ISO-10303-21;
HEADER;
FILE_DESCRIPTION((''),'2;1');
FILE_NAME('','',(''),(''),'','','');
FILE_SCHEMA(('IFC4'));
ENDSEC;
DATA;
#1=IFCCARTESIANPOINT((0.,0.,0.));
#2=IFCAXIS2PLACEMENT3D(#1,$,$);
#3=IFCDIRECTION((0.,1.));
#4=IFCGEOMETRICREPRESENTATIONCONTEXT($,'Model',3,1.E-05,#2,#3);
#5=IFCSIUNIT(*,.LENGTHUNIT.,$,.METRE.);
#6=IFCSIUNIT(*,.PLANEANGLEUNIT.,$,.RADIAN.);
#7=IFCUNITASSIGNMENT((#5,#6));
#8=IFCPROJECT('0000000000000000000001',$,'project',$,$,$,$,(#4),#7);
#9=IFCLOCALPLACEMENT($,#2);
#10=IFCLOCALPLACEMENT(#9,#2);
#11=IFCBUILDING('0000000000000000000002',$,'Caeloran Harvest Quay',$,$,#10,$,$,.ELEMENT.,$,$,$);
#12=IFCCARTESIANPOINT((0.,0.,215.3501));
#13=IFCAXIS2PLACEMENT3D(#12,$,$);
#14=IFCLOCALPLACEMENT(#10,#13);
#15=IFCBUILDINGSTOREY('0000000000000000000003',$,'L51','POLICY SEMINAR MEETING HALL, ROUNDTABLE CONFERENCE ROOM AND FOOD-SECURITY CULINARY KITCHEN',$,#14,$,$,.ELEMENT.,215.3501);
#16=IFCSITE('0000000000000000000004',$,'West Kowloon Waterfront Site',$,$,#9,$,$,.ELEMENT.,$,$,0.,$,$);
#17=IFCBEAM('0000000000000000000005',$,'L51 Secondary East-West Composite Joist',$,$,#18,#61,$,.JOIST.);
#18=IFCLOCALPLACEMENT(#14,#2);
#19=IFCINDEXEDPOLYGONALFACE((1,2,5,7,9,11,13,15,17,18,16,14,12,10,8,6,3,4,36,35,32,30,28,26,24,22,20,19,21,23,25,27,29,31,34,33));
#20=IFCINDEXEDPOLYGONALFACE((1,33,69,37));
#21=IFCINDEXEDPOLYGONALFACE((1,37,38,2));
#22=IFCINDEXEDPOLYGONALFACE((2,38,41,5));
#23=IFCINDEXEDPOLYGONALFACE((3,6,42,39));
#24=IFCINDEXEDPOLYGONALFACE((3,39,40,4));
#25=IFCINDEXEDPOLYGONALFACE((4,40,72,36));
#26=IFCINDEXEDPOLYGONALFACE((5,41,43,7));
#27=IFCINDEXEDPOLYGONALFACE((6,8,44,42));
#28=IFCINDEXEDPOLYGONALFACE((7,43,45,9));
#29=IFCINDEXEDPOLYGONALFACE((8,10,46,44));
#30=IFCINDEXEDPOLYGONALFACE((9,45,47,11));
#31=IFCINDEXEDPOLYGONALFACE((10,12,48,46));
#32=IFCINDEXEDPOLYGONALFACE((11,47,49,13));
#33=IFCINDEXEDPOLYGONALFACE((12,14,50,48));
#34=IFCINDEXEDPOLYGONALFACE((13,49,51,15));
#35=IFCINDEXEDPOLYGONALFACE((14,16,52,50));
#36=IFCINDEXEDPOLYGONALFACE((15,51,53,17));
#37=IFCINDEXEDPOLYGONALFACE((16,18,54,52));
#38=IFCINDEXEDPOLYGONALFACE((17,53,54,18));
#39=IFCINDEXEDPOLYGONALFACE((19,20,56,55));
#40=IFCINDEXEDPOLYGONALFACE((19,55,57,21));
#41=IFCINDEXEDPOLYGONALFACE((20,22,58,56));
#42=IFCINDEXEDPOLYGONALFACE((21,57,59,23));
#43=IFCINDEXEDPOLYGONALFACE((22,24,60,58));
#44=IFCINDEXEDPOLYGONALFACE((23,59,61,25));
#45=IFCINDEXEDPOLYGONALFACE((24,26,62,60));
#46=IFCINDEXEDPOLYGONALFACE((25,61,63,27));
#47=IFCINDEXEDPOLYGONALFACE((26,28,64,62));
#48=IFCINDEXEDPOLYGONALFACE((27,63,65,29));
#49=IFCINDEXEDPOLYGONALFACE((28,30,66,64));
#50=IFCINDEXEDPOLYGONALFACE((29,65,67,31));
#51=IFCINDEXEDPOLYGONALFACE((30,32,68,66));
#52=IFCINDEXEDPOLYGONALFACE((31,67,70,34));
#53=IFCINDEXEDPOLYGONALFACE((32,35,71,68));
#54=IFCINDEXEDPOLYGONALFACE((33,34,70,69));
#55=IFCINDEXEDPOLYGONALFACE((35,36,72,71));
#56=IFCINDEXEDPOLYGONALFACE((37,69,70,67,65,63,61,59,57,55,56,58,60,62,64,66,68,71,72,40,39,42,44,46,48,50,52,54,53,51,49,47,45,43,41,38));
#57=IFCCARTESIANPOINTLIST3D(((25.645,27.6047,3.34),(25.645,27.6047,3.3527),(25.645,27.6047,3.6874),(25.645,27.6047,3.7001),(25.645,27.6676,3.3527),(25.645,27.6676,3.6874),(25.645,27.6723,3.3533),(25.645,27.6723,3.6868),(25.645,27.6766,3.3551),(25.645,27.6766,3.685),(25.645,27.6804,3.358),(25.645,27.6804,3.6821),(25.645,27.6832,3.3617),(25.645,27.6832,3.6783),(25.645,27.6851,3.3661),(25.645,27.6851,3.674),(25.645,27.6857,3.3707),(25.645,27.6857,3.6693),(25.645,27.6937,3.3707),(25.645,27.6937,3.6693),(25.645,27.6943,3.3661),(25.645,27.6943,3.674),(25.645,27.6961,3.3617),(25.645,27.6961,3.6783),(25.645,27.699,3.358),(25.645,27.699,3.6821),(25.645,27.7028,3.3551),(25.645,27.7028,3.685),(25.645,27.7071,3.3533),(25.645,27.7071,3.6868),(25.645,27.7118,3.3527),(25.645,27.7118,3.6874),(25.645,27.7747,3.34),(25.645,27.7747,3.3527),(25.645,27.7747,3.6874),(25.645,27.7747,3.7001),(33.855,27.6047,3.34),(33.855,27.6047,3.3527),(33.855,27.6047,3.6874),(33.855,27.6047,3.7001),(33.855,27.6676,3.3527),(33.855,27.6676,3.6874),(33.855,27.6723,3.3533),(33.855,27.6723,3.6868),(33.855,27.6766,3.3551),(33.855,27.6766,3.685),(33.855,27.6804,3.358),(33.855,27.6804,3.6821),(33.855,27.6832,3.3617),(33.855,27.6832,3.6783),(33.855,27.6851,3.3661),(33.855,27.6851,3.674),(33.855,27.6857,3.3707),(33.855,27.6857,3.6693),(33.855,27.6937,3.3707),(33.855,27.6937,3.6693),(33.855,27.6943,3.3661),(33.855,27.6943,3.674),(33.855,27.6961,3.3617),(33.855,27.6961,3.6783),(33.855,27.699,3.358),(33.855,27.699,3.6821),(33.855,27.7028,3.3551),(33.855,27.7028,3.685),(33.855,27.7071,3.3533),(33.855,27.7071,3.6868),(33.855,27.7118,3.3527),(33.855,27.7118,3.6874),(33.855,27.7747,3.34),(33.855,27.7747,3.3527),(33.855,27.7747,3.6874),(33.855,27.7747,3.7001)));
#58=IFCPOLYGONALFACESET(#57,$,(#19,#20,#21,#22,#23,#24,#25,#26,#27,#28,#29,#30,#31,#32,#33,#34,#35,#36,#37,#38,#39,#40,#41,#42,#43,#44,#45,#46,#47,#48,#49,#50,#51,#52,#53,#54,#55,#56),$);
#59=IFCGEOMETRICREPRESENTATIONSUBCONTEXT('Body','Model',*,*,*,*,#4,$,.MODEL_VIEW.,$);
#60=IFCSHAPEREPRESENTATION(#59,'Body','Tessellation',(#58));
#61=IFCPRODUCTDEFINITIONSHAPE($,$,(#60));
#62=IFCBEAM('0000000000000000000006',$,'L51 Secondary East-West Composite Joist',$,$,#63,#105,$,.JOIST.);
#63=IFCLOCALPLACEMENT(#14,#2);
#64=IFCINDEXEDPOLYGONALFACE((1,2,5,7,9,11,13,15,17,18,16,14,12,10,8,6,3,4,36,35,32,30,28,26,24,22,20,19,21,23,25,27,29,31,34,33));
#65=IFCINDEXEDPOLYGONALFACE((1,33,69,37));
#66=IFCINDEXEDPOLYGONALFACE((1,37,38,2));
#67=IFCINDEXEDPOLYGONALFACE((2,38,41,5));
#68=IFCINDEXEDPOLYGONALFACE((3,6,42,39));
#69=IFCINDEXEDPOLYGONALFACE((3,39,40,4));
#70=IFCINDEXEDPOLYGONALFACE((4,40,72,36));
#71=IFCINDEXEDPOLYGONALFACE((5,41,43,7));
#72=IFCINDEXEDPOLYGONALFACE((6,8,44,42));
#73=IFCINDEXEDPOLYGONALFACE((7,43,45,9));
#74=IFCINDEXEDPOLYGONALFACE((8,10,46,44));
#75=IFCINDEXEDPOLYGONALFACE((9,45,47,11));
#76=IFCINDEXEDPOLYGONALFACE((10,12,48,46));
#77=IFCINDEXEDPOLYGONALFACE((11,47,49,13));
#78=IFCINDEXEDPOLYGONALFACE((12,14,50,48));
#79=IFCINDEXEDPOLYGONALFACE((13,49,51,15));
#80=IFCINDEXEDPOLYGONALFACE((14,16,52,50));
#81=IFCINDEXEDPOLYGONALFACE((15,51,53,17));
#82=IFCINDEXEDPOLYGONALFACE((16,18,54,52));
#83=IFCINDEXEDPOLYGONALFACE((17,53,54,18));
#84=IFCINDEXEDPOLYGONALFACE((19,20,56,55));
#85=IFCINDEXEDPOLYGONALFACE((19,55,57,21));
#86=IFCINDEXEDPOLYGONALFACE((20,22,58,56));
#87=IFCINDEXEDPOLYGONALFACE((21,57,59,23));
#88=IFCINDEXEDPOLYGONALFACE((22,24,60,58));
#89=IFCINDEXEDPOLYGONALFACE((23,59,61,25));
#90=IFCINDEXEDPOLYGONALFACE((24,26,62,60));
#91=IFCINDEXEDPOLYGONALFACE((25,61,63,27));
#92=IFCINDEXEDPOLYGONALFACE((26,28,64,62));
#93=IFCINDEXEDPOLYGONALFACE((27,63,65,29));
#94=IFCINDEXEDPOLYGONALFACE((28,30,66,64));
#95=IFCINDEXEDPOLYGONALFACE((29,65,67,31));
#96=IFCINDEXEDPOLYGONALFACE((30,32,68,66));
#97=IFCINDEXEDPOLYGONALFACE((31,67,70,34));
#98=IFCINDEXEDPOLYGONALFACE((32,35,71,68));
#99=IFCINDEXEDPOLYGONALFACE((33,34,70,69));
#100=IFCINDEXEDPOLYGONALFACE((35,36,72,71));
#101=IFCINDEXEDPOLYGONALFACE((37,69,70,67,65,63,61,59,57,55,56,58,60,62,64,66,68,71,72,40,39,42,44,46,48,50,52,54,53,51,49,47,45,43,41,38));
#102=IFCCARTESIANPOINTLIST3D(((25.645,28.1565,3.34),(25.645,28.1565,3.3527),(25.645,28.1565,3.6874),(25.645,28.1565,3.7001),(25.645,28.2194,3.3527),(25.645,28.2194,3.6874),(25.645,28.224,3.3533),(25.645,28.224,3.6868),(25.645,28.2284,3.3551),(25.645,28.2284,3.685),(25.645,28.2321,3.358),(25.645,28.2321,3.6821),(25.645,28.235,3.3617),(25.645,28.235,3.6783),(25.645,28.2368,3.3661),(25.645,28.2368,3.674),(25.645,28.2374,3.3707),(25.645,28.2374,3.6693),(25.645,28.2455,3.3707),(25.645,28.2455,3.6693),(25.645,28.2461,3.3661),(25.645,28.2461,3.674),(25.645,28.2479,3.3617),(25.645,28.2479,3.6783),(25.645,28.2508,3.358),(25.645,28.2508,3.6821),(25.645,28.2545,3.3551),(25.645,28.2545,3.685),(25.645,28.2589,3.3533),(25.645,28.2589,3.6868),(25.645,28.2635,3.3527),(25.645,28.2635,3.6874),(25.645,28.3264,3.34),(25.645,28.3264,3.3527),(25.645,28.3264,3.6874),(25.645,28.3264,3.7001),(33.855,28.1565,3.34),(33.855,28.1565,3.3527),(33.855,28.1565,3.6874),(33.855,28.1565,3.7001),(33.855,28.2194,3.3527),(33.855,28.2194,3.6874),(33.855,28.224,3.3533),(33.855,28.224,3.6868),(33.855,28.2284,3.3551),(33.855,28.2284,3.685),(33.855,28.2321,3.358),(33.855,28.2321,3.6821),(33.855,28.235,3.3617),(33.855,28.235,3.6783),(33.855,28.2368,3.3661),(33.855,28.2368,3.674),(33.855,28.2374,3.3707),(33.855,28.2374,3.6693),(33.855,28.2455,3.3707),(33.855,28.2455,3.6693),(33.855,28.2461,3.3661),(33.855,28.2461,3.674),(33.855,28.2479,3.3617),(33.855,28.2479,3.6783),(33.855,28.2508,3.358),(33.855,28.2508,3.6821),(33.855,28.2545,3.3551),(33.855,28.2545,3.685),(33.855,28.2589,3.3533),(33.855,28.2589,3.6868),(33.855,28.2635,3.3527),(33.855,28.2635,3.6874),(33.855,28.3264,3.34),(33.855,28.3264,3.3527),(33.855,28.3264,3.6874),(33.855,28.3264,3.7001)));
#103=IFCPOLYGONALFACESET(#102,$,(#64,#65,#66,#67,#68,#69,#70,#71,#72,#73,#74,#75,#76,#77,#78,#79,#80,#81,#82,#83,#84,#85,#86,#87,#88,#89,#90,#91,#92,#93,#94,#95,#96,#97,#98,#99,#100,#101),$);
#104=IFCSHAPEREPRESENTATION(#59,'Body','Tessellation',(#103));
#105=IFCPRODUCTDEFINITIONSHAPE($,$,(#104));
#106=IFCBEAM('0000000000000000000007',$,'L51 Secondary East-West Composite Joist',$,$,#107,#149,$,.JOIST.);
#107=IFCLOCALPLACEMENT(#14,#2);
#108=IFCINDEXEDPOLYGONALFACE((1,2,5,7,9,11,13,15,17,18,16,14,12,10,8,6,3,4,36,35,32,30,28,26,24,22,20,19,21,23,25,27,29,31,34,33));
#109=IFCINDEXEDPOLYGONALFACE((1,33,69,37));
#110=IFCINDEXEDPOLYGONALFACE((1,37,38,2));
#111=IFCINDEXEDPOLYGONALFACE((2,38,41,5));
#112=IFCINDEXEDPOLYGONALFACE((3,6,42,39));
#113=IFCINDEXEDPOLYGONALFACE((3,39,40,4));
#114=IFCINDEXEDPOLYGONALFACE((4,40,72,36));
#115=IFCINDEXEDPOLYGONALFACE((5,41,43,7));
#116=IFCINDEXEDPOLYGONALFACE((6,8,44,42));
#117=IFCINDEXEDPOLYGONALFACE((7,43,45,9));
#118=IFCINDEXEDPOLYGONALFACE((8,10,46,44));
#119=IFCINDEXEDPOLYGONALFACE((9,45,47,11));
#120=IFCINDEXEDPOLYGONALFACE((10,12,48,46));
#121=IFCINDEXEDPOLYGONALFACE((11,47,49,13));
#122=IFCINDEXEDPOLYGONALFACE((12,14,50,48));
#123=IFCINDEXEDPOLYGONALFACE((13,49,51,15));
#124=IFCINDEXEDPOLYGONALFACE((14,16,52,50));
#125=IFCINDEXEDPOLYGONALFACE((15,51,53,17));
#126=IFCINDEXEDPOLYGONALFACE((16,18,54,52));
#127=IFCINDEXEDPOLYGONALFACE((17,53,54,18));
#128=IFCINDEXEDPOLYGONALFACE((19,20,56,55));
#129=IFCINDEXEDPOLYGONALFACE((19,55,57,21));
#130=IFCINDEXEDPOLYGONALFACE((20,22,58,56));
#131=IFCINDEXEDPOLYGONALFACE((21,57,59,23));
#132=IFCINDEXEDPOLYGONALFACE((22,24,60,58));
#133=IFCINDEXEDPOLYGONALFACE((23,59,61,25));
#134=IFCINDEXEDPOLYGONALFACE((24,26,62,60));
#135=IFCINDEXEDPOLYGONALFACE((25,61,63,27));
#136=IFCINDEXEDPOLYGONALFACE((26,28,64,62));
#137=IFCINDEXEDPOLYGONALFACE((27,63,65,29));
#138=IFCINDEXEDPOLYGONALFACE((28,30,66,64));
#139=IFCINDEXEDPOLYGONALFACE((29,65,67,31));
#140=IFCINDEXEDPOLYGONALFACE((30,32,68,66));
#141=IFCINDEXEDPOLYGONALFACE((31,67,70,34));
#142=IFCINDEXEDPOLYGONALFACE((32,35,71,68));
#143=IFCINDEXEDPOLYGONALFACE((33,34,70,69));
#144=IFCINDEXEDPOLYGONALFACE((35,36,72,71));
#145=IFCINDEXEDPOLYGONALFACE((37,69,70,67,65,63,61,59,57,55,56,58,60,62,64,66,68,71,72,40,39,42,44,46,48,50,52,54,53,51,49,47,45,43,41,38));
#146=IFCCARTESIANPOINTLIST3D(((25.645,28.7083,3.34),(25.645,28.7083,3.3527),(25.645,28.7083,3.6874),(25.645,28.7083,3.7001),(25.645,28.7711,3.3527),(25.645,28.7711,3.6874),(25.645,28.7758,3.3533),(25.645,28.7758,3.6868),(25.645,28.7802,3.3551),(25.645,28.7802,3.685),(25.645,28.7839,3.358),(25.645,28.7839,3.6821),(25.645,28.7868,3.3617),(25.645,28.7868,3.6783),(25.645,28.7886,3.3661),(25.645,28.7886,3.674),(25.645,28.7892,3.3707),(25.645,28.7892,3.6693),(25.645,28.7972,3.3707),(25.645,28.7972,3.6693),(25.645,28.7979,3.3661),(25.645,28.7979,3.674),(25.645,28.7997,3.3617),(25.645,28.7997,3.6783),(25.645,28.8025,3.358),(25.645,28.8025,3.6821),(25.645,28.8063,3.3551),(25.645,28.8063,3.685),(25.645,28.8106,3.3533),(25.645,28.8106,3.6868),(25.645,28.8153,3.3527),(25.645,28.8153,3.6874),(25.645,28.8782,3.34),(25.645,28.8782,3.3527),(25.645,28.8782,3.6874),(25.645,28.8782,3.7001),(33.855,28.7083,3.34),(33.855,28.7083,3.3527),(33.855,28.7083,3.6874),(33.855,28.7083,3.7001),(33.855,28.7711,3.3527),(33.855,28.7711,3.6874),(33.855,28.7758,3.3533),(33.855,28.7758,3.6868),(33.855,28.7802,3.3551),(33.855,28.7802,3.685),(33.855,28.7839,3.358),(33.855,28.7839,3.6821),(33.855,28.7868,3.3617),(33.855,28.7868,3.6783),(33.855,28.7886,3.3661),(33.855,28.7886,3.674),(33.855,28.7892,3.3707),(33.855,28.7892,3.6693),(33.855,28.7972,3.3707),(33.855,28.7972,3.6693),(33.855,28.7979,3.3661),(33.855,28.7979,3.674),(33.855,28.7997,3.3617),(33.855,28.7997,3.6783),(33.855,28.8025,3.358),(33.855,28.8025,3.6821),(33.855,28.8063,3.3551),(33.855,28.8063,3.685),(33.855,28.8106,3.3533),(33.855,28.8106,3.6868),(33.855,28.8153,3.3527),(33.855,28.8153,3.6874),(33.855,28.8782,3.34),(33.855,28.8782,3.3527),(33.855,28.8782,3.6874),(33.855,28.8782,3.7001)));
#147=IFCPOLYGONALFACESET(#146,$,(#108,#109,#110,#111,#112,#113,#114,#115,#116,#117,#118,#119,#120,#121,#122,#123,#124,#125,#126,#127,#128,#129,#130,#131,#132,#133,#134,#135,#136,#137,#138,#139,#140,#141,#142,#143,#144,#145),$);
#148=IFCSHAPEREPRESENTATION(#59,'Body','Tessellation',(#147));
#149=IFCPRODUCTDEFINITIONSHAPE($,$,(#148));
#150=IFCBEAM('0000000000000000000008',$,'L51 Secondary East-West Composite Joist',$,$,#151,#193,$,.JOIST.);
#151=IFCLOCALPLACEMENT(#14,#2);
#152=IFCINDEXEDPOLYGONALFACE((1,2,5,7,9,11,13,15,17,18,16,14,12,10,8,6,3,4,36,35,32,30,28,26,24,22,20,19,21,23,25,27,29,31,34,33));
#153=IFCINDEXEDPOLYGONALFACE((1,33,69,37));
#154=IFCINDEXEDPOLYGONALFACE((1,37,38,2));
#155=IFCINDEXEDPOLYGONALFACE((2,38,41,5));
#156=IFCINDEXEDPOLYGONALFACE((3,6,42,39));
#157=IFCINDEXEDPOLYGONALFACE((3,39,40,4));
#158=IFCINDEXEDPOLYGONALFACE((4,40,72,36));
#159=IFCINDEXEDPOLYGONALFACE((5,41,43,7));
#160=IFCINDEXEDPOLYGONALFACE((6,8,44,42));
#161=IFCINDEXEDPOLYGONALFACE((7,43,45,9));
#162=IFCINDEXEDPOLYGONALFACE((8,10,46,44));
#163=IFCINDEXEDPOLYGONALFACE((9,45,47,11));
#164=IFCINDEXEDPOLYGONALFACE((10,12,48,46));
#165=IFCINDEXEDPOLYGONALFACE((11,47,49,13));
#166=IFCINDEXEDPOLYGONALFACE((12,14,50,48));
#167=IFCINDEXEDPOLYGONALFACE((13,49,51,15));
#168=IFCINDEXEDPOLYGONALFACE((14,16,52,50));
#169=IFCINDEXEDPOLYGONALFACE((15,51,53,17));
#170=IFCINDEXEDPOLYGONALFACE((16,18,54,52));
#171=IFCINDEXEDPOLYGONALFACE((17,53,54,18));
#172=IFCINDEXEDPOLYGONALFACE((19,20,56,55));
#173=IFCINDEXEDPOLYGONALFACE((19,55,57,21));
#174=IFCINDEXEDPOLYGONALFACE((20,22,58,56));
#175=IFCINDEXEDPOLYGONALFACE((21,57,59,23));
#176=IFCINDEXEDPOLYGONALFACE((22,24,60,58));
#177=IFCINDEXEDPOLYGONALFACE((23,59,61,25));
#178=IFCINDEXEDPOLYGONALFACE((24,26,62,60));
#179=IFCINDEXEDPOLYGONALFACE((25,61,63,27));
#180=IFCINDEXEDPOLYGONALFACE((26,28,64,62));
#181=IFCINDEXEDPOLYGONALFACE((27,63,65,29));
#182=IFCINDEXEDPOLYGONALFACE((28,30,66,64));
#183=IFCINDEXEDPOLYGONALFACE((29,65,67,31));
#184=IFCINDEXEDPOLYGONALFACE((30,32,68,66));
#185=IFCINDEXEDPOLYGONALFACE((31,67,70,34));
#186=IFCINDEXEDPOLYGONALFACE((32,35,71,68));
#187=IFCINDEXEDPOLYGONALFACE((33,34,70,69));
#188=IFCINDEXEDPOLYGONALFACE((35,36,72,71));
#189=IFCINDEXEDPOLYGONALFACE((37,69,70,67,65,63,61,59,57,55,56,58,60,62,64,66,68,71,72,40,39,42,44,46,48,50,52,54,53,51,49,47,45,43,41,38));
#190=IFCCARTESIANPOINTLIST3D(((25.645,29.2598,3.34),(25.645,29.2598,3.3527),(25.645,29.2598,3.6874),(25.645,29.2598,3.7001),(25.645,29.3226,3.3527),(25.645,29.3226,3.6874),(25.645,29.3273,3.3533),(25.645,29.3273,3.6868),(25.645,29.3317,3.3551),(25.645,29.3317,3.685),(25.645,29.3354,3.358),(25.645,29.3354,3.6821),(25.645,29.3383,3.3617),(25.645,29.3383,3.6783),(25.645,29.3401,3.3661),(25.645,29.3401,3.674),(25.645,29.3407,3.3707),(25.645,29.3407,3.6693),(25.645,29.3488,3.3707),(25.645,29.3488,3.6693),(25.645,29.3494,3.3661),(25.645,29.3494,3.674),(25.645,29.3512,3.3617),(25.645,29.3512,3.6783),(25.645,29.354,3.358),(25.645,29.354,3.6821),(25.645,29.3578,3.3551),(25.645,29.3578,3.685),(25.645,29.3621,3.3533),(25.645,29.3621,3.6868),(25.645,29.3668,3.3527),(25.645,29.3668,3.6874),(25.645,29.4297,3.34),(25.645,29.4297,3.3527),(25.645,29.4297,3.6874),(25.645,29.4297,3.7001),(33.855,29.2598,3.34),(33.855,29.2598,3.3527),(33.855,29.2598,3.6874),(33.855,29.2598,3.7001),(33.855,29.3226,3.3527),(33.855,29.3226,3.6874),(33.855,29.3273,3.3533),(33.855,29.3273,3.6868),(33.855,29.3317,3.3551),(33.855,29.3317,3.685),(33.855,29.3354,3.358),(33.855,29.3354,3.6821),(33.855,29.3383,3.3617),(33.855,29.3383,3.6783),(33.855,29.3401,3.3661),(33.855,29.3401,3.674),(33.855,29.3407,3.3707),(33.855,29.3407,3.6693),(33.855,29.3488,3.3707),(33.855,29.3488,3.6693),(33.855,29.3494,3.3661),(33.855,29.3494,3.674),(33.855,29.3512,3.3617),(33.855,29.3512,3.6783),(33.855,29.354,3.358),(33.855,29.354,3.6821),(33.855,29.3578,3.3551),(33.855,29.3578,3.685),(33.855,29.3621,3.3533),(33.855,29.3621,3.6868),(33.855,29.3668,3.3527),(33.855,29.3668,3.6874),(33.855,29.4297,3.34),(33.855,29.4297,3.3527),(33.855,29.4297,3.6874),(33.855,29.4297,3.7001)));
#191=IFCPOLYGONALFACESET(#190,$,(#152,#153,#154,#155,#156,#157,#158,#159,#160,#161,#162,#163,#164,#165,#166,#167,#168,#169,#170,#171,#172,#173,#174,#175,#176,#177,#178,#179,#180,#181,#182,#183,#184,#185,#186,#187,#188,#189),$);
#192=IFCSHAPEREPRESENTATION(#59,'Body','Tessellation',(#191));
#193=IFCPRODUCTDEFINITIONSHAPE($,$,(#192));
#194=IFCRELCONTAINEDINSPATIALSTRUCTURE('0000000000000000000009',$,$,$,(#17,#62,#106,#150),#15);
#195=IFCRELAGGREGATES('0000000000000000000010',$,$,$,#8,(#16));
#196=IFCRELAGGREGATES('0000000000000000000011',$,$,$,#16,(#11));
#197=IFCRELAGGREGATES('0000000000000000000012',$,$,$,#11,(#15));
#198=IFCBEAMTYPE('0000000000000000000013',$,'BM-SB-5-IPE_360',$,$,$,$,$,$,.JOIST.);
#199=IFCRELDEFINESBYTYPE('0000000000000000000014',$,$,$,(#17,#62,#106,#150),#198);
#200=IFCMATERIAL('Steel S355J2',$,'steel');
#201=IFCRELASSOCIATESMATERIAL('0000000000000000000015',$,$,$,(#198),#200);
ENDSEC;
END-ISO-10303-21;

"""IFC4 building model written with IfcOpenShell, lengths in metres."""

from ifc_helpers import new_model, si_unit, direction, frame, origin, origin_2d, place, context, subcontext, project, spatial, i_section, extrude, material, material_profile, profile_set, type_object, element, save


model = new_model("IFC4")

# Units and contexts
model_context = context("Model", 3, precision=1e-05, world=origin(), true_north=direction((0.0, 1.0)))
body_context = subcontext(model_context, "Body", "Model", "MODEL_VIEW")
ifc_project = project(units=[si_unit("LENGTHUNIT", "METRE"), si_unit("PLANEANGLEUNIT", "RADIAN")], contexts=[model_context])

# Site, building, storey
site_placement = place(None, origin())
site = spatial("IfcSite", under=ifc_project, at=site_placement, Name="West Kowloon Waterfront Site", CompositionType="ELEMENT", RefElevation=0.0)
building_placement = place(site_placement, origin())
building = spatial("IfcBuilding", under=site, at=building_placement, Name="Caeloran Harvest Quay", CompositionType="ELEMENT")
storey_placement = place(building_placement, frame((0.0, 0.0, 215.3501)))
storey = spatial("IfcBuildingStorey", under=building, at=storey_placement, Name="L51", Description="POLICY SEMINAR MEETING HALL, ROUNDTABLE CONFERENCE ROOM AND FOOD-SECURITY CULINARY KITCHEN", CompositionType="ELEMENT", Elevation=215.3501)

# Beams
ifc_material_1 = material(Name="Steel S355J2", Category="steel")
ifc_material_profile_1 = material_profile(ifc_material_1, i_section(OverallWidth=0.1699, OverallDepth=0.3601, WebThickness=0.0081, FlangeThickness=0.0127, FilletRadius=0.0181, at=origin_2d()), Name="IPE 360")
ifc_profile_set_1 = profile_set([ifc_material_profile_1], Name="Steel S355J2")
beam_type_1 = type_object("IfcBeamType", Name="BM-SB-5-IPE_360", PredefinedType="JOIST", material=ifc_profile_set_1)
for number, where, z_axis, x_axis, name in (
    (1, (25.645, 27.6897, 3.52), (1.0, 0.0, 0.0), (0.0, 1.0, 0.0), "L51 Secondary East-West Composite Joist"),
    (2, (25.645, 28.2415, 3.52), (1.0, 0.0, 0.0), (0.0, 1.0, 0.0), "L51 Secondary East-West Composite Joist"),
    (3, (25.645, 28.7932, 3.52), (1.0, 0.0, 0.0), (0.0, 1.0, 0.0), "L51 Secondary East-West Composite Joist"),
    (4, (25.645, 29.3447, 3.52), (1.0, 0.0, 0.0), (0.0, 1.0, 0.0), "L51 Secondary East-West Composite Joist"),
):
    element("IfcBeam", number, at=place(storey_placement, frame(where, z_axis=z_axis, x_axis=x_axis)), inside=storey, type_object=beam_type_1, Name=name, PredefinedType="JOIST", context=body_context, shape_type="SweptSolid", body=[
        extrude(i_section(OverallWidth=0.1699, OverallDepth=0.3601, WebThickness=0.0081, FlangeThickness=0.0127, FilletRadius=0.0181, at=origin_2d()), origin(), (0.0, 0.0, 1.0), 8.21),
    ])

save(model, "model.ifc")
